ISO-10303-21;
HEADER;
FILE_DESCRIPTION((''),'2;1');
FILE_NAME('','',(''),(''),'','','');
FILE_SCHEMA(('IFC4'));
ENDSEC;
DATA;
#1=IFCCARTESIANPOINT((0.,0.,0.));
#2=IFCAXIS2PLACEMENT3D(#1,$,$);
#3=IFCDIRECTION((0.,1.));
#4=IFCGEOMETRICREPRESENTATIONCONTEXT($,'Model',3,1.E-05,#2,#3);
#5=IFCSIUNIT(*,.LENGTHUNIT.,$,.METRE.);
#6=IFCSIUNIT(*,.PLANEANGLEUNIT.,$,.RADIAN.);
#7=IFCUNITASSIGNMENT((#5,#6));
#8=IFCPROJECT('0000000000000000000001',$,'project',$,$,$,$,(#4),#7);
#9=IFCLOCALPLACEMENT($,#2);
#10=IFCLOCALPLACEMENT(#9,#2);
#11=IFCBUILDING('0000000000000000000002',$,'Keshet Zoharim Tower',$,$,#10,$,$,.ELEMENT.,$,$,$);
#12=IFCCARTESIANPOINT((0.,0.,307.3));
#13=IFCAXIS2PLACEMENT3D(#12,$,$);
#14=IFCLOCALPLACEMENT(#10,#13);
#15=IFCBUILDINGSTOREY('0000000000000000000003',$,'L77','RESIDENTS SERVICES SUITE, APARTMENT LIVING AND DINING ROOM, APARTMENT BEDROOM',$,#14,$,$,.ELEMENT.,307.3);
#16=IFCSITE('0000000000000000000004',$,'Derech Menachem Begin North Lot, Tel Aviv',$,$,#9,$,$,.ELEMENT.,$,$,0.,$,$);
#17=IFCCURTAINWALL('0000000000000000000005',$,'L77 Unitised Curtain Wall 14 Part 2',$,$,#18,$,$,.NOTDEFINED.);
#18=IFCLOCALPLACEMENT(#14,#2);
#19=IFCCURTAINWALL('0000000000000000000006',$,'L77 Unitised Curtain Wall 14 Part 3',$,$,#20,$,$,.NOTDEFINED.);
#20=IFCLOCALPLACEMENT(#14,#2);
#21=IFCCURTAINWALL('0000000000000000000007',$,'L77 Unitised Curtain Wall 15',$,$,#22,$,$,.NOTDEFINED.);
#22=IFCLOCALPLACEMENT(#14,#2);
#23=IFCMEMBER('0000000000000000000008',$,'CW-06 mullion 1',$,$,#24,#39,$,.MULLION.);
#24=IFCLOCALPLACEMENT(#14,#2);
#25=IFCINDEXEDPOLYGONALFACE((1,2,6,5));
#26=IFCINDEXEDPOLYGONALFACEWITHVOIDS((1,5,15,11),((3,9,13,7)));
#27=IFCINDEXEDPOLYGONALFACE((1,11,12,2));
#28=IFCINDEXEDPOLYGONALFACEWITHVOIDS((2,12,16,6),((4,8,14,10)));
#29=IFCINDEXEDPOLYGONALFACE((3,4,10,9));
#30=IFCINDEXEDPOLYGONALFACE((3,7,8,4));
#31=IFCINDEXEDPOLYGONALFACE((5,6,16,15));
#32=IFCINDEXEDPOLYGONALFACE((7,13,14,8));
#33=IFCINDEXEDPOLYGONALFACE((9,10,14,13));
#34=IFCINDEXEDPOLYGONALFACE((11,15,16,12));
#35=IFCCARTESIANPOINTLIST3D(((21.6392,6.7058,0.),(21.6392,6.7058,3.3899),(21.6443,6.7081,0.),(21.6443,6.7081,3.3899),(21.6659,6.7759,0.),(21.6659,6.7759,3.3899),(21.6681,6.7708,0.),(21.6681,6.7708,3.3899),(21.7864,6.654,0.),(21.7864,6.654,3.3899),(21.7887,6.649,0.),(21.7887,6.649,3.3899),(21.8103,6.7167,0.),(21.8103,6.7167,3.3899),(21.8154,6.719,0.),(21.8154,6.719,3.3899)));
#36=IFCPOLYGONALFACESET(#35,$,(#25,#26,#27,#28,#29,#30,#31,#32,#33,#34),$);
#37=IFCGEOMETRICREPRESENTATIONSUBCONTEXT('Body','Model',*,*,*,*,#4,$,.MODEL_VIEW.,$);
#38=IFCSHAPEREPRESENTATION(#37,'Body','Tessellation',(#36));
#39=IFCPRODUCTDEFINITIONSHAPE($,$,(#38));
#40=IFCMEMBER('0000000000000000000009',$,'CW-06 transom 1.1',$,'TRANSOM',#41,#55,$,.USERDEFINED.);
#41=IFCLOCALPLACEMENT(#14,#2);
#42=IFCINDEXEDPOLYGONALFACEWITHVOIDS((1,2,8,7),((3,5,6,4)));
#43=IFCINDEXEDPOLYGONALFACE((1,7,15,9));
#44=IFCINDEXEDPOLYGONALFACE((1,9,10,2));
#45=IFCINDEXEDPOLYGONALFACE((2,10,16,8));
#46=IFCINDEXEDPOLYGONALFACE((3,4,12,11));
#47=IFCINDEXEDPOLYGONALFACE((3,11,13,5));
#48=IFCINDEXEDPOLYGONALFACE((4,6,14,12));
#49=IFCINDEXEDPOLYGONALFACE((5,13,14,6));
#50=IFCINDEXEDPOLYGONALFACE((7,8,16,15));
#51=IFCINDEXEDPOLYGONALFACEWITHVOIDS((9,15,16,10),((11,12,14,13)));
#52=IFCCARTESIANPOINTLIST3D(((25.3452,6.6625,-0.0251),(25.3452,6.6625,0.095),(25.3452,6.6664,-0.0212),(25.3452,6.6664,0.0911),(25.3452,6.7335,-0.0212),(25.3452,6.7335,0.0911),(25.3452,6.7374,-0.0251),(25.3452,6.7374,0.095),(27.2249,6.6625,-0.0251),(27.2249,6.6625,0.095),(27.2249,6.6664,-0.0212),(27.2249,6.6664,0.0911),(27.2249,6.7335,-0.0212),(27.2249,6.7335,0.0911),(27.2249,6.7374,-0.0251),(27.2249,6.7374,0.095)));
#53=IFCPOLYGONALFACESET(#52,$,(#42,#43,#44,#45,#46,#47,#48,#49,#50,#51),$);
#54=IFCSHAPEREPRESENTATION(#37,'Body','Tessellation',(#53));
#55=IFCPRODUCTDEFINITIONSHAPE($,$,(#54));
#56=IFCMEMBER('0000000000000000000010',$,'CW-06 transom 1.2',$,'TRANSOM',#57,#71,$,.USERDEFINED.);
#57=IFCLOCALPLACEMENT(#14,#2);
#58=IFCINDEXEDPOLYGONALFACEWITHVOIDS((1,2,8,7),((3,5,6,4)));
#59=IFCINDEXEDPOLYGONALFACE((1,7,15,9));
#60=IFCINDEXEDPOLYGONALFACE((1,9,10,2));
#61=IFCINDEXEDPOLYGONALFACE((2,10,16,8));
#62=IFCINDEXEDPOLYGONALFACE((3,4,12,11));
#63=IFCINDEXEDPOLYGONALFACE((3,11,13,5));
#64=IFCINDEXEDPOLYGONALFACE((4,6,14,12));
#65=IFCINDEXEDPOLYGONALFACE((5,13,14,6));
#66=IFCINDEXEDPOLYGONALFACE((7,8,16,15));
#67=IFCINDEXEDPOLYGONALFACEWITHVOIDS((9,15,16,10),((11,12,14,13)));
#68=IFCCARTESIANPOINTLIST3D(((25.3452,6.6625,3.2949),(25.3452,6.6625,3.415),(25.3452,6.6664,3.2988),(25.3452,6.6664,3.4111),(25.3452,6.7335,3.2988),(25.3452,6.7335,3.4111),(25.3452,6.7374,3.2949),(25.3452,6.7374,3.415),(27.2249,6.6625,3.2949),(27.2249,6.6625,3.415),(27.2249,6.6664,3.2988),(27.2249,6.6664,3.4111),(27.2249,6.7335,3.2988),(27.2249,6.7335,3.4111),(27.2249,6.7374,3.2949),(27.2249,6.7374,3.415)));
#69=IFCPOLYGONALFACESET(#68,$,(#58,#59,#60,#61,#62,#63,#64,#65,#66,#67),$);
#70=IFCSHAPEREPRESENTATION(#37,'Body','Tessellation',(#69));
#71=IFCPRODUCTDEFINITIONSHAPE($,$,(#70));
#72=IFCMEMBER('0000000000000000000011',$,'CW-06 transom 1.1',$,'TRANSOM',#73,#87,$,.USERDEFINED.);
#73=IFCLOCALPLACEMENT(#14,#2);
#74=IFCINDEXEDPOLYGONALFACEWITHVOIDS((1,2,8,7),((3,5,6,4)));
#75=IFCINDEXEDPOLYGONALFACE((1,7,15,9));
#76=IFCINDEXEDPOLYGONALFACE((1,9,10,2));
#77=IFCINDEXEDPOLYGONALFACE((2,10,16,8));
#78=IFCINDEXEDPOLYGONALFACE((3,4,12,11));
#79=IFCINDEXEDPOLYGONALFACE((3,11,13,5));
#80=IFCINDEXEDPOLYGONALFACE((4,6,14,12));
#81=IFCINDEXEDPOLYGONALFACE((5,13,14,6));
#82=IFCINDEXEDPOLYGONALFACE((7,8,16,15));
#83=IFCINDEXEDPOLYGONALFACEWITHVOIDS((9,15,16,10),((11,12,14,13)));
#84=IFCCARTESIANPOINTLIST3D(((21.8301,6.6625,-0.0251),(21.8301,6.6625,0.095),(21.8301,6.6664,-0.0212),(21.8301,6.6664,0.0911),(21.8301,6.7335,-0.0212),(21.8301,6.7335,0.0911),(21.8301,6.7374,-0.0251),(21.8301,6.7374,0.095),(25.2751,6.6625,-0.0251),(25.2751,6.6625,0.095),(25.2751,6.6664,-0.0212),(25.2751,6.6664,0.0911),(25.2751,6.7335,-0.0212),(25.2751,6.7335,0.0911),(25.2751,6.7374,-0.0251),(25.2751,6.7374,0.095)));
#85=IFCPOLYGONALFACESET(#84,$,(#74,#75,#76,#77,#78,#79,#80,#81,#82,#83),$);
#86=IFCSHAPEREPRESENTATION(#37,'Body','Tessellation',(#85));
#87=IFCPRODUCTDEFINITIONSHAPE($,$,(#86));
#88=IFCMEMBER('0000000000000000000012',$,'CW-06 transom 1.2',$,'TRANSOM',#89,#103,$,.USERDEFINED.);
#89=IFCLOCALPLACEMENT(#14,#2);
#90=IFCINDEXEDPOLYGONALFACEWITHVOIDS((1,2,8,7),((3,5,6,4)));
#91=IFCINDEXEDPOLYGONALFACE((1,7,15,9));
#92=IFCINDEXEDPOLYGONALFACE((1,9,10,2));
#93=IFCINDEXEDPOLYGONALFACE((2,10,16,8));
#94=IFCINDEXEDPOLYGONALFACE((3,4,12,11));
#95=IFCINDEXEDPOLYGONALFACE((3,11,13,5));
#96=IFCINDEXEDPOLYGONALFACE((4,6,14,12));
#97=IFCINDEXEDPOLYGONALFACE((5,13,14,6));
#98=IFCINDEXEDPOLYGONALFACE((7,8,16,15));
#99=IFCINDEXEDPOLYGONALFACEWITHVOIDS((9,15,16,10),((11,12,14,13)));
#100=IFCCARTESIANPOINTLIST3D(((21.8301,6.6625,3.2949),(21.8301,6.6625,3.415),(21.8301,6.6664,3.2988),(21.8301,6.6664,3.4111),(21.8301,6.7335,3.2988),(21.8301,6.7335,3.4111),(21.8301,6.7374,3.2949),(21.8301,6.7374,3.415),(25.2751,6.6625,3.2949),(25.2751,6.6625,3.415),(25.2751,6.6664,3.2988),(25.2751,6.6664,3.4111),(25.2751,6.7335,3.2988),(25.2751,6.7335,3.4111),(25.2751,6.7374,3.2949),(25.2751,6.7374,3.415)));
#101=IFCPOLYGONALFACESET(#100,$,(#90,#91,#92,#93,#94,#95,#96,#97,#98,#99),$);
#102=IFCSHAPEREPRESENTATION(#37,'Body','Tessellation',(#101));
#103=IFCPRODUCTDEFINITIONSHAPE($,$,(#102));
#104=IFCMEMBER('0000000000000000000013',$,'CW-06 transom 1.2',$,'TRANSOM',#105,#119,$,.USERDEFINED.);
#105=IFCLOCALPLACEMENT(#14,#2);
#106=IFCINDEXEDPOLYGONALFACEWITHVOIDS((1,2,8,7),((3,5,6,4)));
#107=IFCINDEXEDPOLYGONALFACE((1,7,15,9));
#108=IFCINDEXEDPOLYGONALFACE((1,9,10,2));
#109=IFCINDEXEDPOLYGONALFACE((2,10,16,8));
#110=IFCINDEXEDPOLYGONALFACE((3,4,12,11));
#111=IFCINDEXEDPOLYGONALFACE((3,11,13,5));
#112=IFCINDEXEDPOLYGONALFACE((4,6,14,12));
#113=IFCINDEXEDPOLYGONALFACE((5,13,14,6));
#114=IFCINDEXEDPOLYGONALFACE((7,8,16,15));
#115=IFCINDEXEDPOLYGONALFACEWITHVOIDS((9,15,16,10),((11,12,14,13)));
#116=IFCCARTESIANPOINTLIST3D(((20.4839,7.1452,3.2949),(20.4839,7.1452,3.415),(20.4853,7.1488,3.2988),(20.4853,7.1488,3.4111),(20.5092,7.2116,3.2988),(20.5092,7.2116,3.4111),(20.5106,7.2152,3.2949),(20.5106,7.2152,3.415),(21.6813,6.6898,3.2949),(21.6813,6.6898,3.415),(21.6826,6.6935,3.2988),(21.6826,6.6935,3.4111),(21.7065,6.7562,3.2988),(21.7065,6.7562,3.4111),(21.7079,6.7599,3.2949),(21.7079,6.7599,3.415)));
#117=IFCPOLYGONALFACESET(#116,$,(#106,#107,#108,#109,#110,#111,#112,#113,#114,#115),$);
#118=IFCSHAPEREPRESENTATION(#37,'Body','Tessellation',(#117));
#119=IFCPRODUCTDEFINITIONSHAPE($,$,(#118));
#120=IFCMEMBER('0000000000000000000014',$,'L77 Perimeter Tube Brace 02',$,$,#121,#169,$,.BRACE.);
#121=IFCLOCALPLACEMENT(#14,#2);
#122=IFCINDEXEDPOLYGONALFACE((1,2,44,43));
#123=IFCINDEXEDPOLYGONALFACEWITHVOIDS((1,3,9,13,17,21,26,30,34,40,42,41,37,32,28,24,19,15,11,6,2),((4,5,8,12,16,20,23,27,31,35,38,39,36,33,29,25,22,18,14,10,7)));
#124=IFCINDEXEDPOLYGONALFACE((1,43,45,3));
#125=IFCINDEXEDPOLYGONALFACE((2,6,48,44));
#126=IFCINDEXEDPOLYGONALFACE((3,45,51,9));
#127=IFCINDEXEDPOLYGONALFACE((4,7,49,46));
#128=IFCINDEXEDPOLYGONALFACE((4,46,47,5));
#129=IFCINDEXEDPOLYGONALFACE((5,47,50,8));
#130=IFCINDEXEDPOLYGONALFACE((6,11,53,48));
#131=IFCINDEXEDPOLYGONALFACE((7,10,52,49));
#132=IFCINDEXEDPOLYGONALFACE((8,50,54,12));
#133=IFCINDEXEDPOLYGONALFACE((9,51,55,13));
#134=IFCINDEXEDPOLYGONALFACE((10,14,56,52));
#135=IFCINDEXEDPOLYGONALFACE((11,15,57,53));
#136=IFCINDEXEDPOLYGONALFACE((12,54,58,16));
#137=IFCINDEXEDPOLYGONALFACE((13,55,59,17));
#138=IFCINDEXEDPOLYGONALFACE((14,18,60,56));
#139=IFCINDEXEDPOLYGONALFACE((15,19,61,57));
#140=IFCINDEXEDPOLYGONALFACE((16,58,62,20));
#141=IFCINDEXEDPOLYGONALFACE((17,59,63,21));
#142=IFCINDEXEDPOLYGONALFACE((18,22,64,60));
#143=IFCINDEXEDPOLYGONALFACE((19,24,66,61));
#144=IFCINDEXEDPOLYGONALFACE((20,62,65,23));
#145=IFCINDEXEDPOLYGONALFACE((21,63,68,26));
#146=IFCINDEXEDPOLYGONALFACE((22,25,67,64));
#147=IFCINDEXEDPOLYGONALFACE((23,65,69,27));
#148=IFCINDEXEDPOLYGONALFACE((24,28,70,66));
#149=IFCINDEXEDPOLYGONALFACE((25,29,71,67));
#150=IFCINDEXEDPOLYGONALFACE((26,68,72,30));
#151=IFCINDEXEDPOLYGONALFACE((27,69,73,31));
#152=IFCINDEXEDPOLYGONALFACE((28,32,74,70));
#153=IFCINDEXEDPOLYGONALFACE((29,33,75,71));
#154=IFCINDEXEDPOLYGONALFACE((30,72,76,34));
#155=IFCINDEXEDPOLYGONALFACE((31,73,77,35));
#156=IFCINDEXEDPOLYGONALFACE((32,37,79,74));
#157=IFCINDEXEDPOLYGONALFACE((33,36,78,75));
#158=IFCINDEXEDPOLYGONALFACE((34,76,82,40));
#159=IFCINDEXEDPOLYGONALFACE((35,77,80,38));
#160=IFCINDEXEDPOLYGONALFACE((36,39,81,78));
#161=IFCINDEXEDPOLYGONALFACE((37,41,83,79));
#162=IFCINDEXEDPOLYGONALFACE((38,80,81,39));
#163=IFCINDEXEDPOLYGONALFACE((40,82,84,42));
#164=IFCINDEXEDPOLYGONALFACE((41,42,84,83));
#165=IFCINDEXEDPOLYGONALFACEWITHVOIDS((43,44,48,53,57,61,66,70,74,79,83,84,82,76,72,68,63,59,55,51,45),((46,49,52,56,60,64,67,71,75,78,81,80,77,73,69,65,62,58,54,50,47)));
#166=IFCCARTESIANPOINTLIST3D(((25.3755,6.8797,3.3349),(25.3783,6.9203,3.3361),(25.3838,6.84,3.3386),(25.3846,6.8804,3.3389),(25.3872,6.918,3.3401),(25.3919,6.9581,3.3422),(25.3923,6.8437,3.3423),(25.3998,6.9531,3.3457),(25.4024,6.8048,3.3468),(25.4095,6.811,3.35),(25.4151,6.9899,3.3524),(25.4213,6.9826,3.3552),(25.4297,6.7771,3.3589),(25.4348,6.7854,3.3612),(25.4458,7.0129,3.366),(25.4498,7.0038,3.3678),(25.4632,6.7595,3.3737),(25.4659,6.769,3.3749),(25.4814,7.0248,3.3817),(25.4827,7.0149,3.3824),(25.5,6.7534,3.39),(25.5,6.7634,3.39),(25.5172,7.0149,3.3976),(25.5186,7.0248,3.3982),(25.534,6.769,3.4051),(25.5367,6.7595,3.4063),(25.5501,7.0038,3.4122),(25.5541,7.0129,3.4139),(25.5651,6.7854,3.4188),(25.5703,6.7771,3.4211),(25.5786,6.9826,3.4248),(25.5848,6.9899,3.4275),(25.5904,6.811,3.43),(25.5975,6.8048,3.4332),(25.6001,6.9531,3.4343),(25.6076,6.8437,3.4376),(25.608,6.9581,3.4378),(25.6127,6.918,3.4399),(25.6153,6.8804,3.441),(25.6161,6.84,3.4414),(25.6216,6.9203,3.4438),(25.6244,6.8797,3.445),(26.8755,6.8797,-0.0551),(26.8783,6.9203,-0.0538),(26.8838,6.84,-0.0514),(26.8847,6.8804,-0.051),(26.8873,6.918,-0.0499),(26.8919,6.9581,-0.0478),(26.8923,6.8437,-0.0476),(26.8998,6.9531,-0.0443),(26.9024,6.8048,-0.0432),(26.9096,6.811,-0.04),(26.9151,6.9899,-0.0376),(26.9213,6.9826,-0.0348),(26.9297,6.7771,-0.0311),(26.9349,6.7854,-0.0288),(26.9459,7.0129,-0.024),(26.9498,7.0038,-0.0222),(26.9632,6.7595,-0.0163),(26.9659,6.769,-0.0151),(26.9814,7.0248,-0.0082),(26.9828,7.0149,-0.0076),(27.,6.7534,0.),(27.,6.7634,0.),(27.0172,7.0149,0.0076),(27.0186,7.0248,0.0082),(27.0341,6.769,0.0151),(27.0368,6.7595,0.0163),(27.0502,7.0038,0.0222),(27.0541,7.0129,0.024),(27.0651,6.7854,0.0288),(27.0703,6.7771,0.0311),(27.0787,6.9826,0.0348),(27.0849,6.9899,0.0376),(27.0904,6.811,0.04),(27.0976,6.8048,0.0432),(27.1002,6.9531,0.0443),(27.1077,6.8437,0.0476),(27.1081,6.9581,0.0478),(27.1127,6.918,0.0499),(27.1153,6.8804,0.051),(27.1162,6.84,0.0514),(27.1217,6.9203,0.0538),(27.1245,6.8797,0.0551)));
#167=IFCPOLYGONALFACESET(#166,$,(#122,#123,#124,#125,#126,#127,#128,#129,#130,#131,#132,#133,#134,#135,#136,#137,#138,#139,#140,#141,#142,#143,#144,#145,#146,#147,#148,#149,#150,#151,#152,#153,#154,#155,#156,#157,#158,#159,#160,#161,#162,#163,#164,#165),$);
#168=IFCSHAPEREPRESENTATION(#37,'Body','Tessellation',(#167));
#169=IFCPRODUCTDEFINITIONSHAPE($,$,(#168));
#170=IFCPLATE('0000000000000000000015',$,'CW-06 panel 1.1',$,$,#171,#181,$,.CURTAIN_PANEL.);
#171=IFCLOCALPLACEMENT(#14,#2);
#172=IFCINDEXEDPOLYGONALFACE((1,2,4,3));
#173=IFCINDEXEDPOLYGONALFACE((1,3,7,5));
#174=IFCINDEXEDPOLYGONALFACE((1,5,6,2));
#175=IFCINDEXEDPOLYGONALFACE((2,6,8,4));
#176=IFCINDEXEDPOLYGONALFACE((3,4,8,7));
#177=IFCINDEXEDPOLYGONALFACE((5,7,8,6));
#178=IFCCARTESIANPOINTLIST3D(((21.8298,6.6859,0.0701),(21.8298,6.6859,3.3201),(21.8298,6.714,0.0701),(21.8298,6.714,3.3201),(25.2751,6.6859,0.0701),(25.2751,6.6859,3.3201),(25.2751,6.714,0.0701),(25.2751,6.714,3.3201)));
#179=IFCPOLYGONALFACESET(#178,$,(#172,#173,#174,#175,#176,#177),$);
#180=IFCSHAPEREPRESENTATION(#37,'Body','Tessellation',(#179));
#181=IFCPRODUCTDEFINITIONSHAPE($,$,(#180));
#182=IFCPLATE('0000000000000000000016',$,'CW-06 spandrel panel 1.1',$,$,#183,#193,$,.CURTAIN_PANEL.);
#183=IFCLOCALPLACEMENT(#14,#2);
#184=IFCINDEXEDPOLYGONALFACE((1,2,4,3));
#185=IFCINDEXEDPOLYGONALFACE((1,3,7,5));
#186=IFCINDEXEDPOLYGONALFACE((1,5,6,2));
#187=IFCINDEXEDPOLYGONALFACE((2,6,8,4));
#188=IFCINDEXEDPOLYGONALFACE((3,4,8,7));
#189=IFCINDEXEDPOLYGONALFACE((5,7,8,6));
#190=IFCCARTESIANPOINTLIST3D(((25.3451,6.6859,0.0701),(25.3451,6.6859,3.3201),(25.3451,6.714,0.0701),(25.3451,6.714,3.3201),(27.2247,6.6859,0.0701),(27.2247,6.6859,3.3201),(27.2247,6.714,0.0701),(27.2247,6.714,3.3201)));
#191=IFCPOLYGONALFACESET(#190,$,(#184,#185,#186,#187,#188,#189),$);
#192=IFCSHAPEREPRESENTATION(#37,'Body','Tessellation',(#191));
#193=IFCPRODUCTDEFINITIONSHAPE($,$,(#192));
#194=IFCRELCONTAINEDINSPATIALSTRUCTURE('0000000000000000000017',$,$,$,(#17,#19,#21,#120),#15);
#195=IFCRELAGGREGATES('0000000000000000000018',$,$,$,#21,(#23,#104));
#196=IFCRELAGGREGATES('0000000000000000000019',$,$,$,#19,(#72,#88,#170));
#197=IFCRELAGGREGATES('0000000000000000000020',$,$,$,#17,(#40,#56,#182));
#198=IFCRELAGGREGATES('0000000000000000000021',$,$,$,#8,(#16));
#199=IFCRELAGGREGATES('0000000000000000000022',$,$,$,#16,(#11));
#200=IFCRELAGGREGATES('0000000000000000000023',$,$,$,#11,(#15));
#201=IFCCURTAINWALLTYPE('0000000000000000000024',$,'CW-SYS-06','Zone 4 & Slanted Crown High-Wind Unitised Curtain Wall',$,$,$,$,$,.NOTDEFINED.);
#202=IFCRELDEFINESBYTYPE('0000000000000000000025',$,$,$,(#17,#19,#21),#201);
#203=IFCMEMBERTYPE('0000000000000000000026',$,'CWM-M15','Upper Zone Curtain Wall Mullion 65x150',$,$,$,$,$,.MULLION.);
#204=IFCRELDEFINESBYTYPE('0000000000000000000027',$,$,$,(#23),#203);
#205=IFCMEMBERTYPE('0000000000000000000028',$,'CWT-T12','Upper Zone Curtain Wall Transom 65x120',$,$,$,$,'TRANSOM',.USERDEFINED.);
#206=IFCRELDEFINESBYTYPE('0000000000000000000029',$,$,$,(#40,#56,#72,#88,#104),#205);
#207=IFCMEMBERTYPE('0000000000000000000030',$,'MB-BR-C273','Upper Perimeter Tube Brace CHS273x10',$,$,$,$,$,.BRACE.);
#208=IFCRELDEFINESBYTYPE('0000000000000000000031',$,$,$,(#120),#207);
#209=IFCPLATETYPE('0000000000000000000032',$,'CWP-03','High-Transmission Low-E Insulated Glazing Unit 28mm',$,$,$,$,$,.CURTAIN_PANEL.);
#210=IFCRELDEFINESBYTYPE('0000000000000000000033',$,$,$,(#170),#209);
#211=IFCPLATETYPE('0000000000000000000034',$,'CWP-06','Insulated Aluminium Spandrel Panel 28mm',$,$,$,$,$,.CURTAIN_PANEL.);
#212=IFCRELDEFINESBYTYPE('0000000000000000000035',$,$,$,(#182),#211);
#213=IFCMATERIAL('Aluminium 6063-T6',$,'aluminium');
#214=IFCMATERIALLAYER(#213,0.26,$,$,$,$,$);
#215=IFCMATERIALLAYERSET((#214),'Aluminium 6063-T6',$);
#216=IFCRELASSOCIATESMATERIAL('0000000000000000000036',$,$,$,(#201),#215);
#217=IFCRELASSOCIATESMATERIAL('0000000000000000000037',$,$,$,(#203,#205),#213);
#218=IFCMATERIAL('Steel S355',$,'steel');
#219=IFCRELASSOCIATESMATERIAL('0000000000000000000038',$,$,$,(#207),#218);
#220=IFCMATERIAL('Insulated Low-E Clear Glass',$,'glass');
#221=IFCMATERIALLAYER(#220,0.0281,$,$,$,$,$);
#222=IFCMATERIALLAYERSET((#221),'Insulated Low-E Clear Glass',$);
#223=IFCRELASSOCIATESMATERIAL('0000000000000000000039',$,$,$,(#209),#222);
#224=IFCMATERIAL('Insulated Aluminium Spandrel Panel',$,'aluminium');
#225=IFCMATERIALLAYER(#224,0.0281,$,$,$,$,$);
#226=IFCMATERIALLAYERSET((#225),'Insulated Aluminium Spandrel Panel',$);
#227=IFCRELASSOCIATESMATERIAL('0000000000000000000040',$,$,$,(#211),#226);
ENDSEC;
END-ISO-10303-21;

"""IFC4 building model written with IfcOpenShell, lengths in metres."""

from ifc_helpers import new_model, si_unit, direction, frame, origin, origin_2d, place, context, subcontext, project, spatial, rectangle, hollow_rectangle, hollow_circle, extrude, material, layer, layer_set, material_profile, profile_set, type_object, element, aggregate, save


model = new_model("IFC4")

# Units and contexts
model_context = context("Model", 3, precision=1e-05, world=origin(), true_north=direction((0.0, 1.0)))
body_context = subcontext(model_context, "Body", "Model", "MODEL_VIEW")
ifc_project = project(units=[si_unit("LENGTHUNIT", "METRE"), si_unit("PLANEANGLEUNIT", "RADIAN")], contexts=[model_context])

# Site, building, storey
site_placement = place(None, origin())
site = spatial("IfcSite", under=ifc_project, at=site_placement, Name="Derech Menachem Begin North Lot, Tel Aviv", CompositionType="ELEMENT", RefElevation=0.0)
building_placement = place(site_placement, origin())
building = spatial("IfcBuilding", under=site, at=building_placement, Name="Keshet Zoharim Tower", CompositionType="ELEMENT")
storey_placement = place(building_placement, frame((0.0, 0.0, 307.3)))
storey = spatial("IfcBuildingStorey", under=building, at=storey_placement, Name="L77", Description="RESIDENTS SERVICES SUITE, APARTMENT LIVING AND DINING ROOM, APARTMENT BEDROOM", CompositionType="ELEMENT", Elevation=307.3)

# Shared definitions
ifc_material_1 = material(Name="Steel S355", Category="steel")

# Curtain walls, member
ifc_material_2 = material(Name="Aluminium 6063-T6", Category="aluminium")
ifc_layer_1 = layer(ifc_material_2, 0.26)
ifc_layer_set_1 = layer_set([ifc_layer_1], Name="Aluminium 6063-T6")
curtain_wall_type = type_object("IfcCurtainWallType", Name="CW-SYS-06", Description="Zone 4 & Slanted Crown High-Wind Unitised Curtain Wall", PredefinedType="NOTDEFINED", material=ifc_layer_set_1)
ifc_material_profile_1 = material_profile(ifc_material_2, hollow_rectangle(XDim=0.075, YDim=0.1599, WallThickness=0.0039, at=origin_2d()), Name="MUL-75x160")
ifc_profile_set_1 = profile_set([ifc_material_profile_1], Name="Aluminium 6063-T6")
member_type_1 = type_object("IfcMemberType", Name="CWM-M15", Description="Upper Zone Curtain Wall Mullion 65x150", PredefinedType="MULLION", material=ifc_profile_set_1)
curtain_wall_1_placement = place(storey_placement, origin())
curtain_wall_1 = element("IfcCurtainWall", 1, at=curtain_wall_1_placement, inside=storey, type_object=curtain_wall_type, Name="L77 Unitised Curtain Wall 14 Part 2", PredefinedType="NOTDEFINED")
curtain_wall_2_placement = place(storey_placement, origin())
curtain_wall_2 = element("IfcCurtainWall", 2, at=curtain_wall_2_placement, inside=storey, type_object=curtain_wall_type, Name="L77 Unitised Curtain Wall 14 Part 3", PredefinedType="NOTDEFINED")
curtain_wall_3_placement = place(storey_placement, origin())
curtain_wall_3 = element("IfcCurtainWall", 3, at=curtain_wall_3_placement, inside=storey, type_object=curtain_wall_type, Name="L77 Unitised Curtain Wall 15", PredefinedType="NOTDEFINED")
member_1_placement = place(storey_placement, frame((21.7273, 6.7124, 0.0), z_axis=(0.0, 0.0, 1.0), x_axis=(-0.355439, -0.934699, 0.0)))
member_1 = element("IfcMember", 4, at=member_1_placement, type_object=member_type_1, Name="CW-06 mullion 1", PredefinedType="MULLION", context=body_context, shape_type="SweptSolid", body=[
    extrude(hollow_rectangle(XDim=0.075, YDim=0.1599, WallThickness=0.0039, at=origin_2d()), origin(), (0.0, 0.0, 1.0), 3.3899),
])

# Members
ifc_material_profile_2 = material_profile(ifc_material_2, hollow_rectangle(XDim=0.075, YDim=0.1201, WallThickness=0.0039, at=origin_2d()), Name="TRN-75x120")
ifc_profile_set_2 = profile_set([ifc_material_profile_2], Name="Aluminium 6063-T6")
member_type_2 = type_object("IfcMemberType", Name="CWT-T12", Description="Upper Zone Curtain Wall Transom 65x120", ElementType="TRANSOM", PredefinedType="USERDEFINED", material=ifc_profile_set_2)
member_2_placement = place(storey_placement, frame((27.2249, 6.7, 0.0349), z_axis=(-1.0, 0.0, 0.0), x_axis=(0.0, -1.0, 0.0)))
member_2 = element("IfcMember", 5, at=member_2_placement, type_object=member_type_2, Name="CW-06 transom 1.1", ObjectType="TRANSOM", PredefinedType="USERDEFINED", context=body_context, shape_type="SweptSolid", body=[
    extrude(hollow_rectangle(XDim=0.075, YDim=0.1201, WallThickness=0.0039, at=origin_2d()), origin(), (0.0, 0.0, 1.0), 1.8796),
])
member_3_placement = place(storey_placement, frame((27.2249, 6.7, 3.355), z_axis=(-1.0, 0.0, 0.0), x_axis=(0.0, -1.0, 0.0)))
member_3 = element("IfcMember", 6, at=member_3_placement, type_object=member_type_2, Name="CW-06 transom 1.2", ObjectType="TRANSOM", PredefinedType="USERDEFINED", context=body_context, shape_type="SweptSolid", body=[
    extrude(hollow_rectangle(XDim=0.075, YDim=0.1201, WallThickness=0.0039, at=origin_2d()), origin(), (0.0, 0.0, 1.0), 1.8796),
])
member_4_placement = place(storey_placement, frame((25.2751, 6.7, 0.0349), z_axis=(-1.0, 0.0, 0.0), x_axis=(0.0, -1.0, 0.0)))
member_4 = element("IfcMember", 7, at=member_4_placement, type_object=member_type_2, Name="CW-06 transom 1.1", ObjectType="TRANSOM", PredefinedType="USERDEFINED", context=body_context, shape_type="SweptSolid", body=[
    extrude(hollow_rectangle(XDim=0.075, YDim=0.1201, WallThickness=0.0039, at=origin_2d()), origin(), (0.0, 0.0, 1.0), 3.4451),
])
member_5_placement = place(storey_placement, frame((25.2751, 6.7, 3.355), z_axis=(-1.0, 0.0, 0.0), x_axis=(0.0, -1.0, 0.0)))
member_5 = element("IfcMember", 8, at=member_5_placement, type_object=member_type_2, Name="CW-06 transom 1.2", ObjectType="TRANSOM", PredefinedType="USERDEFINED", context=body_context, shape_type="SweptSolid", body=[
    extrude(hollow_rectangle(XDim=0.075, YDim=0.1201, WallThickness=0.0039, at=origin_2d()), origin(), (0.0, 0.0, 1.0), 3.4451),
])
member_6_placement = place(storey_placement, frame((21.6946, 6.7249, 3.355), z_axis=(-0.93469, 0.355464, 0.0), x_axis=(-0.355464, -0.93469, 0.0)))
member_6 = element("IfcMember", 9, at=member_6_placement, type_object=member_type_2, Name="CW-06 transom 1.2", ObjectType="TRANSOM", PredefinedType="USERDEFINED", context=body_context, shape_type="SweptSolid", body=[
    extrude(hollow_rectangle(XDim=0.075, YDim=0.1201, WallThickness=0.0039, at=origin_2d()), origin(), (0.0, 0.0, 1.0), 1.281),
])
aggregate(curtain_wall_3, [member_1, member_6])
ifc_material_profile_3 = material_profile(ifc_material_1, hollow_circle(Radius=0.1365, WallThickness=0.01, at=origin_2d()), Name="CHS273x10")
ifc_profile_set_3 = profile_set([ifc_material_profile_3], Name="Steel S355")
member_type_3 = type_object("IfcMemberType", Name="MB-BR-C273", Description="Upper Perimeter Tube Brace CHS273x10", PredefinedType="BRACE", material=ifc_profile_set_3)
member_7_placement = place(storey_placement, frame((27.0, 6.8899, 0.0), z_axis=(-0.404647, 0.0, 0.914473), x_axis=(0.0, -1.0, 0.0)))
element("IfcMember", 10, at=member_7_placement, inside=storey, type_object=member_type_3, Name="L77 Perimeter Tube Brace 02", PredefinedType="BRACE", context=body_context, shape_type="SweptSolid", body=[
    extrude(hollow_circle(Radius=0.1365, WallThickness=0.01, at=origin_2d()), origin(), (0.0, 0.0, 1.0), 3.707),
])

# Plates
ifc_material_3 = material(Name="Insulated Low-E Clear Glass", Category="glass")
ifc_layer_2 = layer(ifc_material_3, 0.0281)
ifc_layer_set_2 = layer_set([ifc_layer_2], Name="Insulated Low-E Clear Glass")
plate_type_1 = type_object("IfcPlateType", Name="CWP-03", Description="High-Transmission Low-E Insulated Glazing Unit 28mm", PredefinedType="CURTAIN_PANEL", material=ifc_layer_set_2)
plate_1_placement = place(storey_placement, frame((23.5525, 6.7, 0.0701), z_axis=(0.0, 0.0, 1.0), x_axis=(-1.0, 0.0, 0.0)))
plate_1 = element("IfcPlate", 11, at=plate_1_placement, type_object=plate_type_1, Name="CW-06 panel 1.1", PredefinedType="CURTAIN_PANEL", context=body_context, shape_type="SweptSolid", body=[
    extrude(rectangle(XDim=3.4453, YDim=0.0281, at=origin_2d()), origin(), (0.0, 0.0, 1.0), 3.25),
])
aggregate(curtain_wall_2, [member_4, member_5, plate_1])
ifc_material_4 = material(Name="Insulated Aluminium Spandrel Panel", Category="aluminium")
ifc_layer_3 = layer(ifc_material_4, 0.0281)
ifc_layer_set_3 = layer_set([ifc_layer_3], Name="Insulated Aluminium Spandrel Panel")
plate_type_2 = type_object("IfcPlateType", Name="CWP-06", Description="Insulated Aluminium Spandrel Panel 28mm", PredefinedType="CURTAIN_PANEL", material=ifc_layer_set_3)
plate_2_placement = place(storey_placement, frame((26.2849, 6.7, 0.0701), z_axis=(0.0, 0.0, 1.0), x_axis=(-1.0, 0.0, 0.0)))
plate_2 = element("IfcPlate", 12, at=plate_2_placement, type_object=plate_type_2, Name="CW-06 spandrel panel 1.1", PredefinedType="CURTAIN_PANEL", context=body_context, shape_type="SweptSolid", body=[
    extrude(rectangle(XDim=1.8796, YDim=0.0281, at=origin_2d()), origin(), (0.0, 0.0, 1.0), 3.25),
])
aggregate(curtain_wall_1, [member_2, member_3, plate_2])

save(model, "model.ifc")
